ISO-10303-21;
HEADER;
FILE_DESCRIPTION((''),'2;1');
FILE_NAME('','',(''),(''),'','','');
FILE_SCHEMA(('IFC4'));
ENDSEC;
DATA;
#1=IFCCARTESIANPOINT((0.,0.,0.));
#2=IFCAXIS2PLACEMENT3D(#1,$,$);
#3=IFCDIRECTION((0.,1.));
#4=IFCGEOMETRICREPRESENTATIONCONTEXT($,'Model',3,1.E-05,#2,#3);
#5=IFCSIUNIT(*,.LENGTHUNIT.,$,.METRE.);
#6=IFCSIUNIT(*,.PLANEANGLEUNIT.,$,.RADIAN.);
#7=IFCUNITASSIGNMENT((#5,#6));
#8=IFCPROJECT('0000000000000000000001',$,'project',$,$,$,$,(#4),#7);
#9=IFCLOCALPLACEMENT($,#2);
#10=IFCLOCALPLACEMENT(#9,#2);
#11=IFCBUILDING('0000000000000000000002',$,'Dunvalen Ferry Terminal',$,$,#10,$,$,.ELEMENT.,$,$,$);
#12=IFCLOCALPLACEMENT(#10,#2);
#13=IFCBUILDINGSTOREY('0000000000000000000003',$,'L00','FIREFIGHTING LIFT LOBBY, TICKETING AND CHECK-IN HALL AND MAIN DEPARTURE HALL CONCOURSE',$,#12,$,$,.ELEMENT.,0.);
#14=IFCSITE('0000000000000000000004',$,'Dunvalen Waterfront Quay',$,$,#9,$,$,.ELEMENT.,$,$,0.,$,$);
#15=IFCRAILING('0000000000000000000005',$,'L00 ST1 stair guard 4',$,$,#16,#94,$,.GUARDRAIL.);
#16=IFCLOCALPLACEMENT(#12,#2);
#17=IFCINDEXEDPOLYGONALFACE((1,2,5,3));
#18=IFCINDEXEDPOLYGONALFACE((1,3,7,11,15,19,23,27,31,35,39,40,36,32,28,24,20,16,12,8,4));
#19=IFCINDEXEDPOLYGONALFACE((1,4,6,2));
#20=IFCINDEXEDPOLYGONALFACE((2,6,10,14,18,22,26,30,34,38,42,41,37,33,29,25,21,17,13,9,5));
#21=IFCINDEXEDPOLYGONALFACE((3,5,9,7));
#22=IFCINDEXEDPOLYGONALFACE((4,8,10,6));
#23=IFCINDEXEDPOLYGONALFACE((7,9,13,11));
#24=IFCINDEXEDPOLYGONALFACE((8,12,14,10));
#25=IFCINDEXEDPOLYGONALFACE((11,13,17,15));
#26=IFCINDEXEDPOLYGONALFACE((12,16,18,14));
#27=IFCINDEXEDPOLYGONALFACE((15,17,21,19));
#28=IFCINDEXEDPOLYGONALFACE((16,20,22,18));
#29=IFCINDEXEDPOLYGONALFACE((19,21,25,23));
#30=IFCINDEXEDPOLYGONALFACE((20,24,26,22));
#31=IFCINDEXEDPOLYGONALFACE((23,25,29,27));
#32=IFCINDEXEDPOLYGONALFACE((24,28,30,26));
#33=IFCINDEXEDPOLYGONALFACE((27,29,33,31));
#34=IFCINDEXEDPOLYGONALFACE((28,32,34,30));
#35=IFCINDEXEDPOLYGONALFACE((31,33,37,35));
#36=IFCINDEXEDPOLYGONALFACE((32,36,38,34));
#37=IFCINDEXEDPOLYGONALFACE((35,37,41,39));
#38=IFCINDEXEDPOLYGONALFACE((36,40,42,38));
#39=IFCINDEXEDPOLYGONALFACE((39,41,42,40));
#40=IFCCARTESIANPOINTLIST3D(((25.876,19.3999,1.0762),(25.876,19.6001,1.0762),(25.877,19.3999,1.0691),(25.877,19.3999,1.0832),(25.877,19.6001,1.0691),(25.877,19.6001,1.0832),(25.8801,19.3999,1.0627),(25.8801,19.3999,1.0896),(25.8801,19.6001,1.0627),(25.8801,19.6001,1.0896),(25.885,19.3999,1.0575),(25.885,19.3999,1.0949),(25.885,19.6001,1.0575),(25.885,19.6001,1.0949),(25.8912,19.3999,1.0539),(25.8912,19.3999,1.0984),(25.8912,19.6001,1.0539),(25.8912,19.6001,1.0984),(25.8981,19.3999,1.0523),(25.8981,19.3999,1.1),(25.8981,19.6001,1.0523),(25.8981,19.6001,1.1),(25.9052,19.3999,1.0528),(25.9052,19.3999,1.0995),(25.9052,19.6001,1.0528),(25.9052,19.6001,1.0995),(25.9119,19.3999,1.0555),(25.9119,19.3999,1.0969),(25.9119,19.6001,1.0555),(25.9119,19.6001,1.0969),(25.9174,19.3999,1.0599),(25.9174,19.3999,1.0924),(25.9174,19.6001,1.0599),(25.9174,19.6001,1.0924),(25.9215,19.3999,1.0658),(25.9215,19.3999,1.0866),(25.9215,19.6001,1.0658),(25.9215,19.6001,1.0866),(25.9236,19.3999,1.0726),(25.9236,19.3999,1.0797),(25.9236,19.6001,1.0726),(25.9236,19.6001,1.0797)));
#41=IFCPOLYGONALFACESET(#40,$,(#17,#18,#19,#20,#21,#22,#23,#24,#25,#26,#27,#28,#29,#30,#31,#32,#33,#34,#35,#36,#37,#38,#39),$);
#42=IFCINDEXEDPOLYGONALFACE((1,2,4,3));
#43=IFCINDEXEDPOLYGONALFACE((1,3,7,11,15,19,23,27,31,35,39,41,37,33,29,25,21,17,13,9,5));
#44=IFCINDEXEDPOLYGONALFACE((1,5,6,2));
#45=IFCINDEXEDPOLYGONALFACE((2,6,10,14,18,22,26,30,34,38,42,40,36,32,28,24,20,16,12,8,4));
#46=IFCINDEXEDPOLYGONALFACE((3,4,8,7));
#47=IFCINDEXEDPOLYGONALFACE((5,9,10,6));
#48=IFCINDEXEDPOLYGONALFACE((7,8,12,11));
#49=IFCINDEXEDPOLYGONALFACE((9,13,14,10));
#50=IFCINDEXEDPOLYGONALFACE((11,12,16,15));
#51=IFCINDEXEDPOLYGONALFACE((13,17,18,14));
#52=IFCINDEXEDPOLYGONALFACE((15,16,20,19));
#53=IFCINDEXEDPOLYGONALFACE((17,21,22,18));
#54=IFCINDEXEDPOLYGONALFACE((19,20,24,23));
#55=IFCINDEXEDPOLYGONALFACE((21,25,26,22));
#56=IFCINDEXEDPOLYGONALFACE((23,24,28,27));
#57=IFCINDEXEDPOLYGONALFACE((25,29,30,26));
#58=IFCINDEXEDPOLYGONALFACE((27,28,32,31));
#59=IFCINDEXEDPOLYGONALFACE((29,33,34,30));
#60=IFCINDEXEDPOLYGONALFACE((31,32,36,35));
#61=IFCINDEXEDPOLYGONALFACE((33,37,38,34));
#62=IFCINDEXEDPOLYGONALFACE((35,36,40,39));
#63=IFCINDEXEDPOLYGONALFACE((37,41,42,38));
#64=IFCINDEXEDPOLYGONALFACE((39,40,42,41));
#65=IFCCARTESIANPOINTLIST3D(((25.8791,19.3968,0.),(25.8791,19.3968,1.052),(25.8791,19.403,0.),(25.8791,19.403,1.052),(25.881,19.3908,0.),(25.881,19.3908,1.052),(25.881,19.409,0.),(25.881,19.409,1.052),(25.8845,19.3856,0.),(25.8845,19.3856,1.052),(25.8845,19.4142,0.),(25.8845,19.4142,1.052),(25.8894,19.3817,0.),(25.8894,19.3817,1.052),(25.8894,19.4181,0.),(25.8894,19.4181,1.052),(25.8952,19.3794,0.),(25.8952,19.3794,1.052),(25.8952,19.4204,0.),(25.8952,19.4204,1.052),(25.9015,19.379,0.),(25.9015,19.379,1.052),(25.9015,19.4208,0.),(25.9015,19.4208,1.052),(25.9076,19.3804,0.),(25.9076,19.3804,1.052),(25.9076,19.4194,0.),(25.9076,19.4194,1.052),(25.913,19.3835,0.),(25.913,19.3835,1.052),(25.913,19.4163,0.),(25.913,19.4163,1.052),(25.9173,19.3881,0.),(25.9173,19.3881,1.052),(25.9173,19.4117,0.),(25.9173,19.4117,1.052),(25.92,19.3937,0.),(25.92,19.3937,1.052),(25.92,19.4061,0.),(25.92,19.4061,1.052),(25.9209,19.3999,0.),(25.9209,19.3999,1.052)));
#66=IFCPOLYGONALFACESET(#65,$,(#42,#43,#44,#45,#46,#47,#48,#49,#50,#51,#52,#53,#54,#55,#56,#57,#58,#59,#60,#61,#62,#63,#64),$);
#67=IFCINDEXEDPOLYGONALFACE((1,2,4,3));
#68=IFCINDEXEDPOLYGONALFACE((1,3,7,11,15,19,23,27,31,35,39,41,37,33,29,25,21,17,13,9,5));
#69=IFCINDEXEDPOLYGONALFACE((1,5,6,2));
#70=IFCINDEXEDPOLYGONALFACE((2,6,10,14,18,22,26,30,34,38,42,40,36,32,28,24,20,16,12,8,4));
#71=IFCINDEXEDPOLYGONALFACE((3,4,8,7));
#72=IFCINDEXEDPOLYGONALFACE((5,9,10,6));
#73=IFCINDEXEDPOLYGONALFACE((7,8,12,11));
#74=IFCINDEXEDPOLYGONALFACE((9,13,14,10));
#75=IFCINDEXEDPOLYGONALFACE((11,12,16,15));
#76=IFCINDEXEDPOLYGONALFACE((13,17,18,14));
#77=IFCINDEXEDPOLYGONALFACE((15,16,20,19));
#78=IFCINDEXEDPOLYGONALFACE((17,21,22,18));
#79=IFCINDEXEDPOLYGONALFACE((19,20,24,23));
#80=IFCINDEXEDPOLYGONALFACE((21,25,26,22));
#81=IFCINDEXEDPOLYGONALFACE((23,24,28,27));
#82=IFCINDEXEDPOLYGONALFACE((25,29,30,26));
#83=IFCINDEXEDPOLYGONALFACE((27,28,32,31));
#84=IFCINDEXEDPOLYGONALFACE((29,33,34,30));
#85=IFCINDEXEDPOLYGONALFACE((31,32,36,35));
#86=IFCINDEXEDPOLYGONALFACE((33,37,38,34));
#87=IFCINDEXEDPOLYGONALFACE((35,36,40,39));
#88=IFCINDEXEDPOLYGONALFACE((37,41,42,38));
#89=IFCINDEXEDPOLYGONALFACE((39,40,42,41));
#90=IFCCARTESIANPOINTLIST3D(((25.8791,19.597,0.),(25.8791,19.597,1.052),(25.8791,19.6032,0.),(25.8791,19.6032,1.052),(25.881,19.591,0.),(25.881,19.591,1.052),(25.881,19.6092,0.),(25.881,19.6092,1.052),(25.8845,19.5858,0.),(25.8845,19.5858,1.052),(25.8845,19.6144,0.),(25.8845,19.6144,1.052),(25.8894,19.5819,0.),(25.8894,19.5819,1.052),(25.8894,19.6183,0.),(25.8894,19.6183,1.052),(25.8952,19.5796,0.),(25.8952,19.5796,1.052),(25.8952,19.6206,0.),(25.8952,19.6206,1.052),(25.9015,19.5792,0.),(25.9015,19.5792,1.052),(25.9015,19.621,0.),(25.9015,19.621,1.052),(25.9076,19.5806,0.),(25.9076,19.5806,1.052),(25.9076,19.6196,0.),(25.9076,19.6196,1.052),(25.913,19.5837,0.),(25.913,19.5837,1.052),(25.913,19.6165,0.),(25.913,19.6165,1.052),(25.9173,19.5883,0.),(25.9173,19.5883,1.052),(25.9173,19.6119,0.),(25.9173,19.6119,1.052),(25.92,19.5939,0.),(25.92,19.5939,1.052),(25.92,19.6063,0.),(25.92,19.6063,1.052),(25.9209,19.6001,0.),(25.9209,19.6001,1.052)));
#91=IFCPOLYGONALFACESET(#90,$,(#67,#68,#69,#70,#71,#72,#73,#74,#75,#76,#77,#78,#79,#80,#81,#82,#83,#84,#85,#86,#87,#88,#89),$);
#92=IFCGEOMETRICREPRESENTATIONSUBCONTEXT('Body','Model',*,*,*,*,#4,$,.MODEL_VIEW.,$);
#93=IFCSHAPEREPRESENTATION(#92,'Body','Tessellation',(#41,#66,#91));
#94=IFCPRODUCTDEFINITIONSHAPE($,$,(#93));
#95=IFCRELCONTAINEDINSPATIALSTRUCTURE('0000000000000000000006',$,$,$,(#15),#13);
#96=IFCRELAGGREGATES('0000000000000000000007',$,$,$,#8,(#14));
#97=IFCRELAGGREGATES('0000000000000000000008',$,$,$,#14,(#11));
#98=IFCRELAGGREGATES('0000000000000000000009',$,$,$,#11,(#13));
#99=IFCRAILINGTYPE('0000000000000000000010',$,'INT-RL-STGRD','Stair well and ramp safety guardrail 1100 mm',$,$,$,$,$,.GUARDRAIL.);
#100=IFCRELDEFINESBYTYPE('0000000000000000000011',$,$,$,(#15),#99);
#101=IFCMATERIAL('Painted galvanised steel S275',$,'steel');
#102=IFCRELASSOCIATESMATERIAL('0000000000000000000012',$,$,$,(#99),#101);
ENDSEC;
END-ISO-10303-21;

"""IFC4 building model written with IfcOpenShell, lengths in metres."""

from ifc_helpers import new_model, si_unit, direction, frame, origin, origin_2d, place, context, subcontext, project, spatial, circle, extrude, material, type_object, element, save


model = new_model("IFC4")

# Units and contexts
model_context = context("Model", 3, precision=1e-05, world=origin(), true_north=direction((0.0, 1.0)))
body_context = subcontext(model_context, "Body", "Model", "MODEL_VIEW")
ifc_project = project(units=[si_unit("LENGTHUNIT", "METRE"), si_unit("PLANEANGLEUNIT", "RADIAN")], contexts=[model_context])

# Site, building, storey
site_placement = place(None, origin())
site = spatial("IfcSite", under=ifc_project, at=site_placement, Name="Dunvalen Waterfront Quay", CompositionType="ELEMENT", RefElevation=0.0)
building_placement = place(site_placement, origin())
building = spatial("IfcBuilding", under=site, at=building_placement, Name="Dunvalen Ferry Terminal", CompositionType="ELEMENT")
storey_placement = place(building_placement, origin())
storey = spatial("IfcBuildingStorey", under=building, at=storey_placement, Name="L00", Description="FIREFIGHTING LIFT LOBBY, TICKETING AND CHECK-IN HALL AND MAIN DEPARTURE HALL CONCOURSE", CompositionType="ELEMENT", Elevation=0.0)

# Railing
ifc_material_1 = material(Name="Painted galvanised steel S275", Category="steel")
railing_type_1 = type_object("IfcRailingType", Name="INT-RL-STGRD", Description="Stair well and ramp safety guardrail 1100 mm", PredefinedType="GUARDRAIL", material=ifc_material_1)
railing_1_placement = place(storey_placement, frame((25.8999, 19.3999, 0.0)))
element("IfcRailing", 1, at=railing_1_placement, inside=storey, type_object=railing_type_1, Name="L00 ST1 stair guard 4", PredefinedType="GUARDRAIL", context=body_context, shape_type="SweptSolid", body=[
    extrude(circle(Radius=0.0239, at=origin_2d()), frame((0.0, 0.0, 1.0762), z_axis=(0.0, 1.0, 0.0), x_axis=(-1.0, 0.0, 0.0)), (0.0, 0.0, 1.0), 0.2002),
    extrude(circle(Radius=0.021, at=origin_2d()), origin(), (0.0, 0.0, 1.0), 1.052),
    extrude(circle(Radius=0.021, at=origin_2d()), frame((0.0, 0.2002, 0.0)), (0.0, 0.0, 1.0), 1.052),
])

save(model, "model.ifc")
